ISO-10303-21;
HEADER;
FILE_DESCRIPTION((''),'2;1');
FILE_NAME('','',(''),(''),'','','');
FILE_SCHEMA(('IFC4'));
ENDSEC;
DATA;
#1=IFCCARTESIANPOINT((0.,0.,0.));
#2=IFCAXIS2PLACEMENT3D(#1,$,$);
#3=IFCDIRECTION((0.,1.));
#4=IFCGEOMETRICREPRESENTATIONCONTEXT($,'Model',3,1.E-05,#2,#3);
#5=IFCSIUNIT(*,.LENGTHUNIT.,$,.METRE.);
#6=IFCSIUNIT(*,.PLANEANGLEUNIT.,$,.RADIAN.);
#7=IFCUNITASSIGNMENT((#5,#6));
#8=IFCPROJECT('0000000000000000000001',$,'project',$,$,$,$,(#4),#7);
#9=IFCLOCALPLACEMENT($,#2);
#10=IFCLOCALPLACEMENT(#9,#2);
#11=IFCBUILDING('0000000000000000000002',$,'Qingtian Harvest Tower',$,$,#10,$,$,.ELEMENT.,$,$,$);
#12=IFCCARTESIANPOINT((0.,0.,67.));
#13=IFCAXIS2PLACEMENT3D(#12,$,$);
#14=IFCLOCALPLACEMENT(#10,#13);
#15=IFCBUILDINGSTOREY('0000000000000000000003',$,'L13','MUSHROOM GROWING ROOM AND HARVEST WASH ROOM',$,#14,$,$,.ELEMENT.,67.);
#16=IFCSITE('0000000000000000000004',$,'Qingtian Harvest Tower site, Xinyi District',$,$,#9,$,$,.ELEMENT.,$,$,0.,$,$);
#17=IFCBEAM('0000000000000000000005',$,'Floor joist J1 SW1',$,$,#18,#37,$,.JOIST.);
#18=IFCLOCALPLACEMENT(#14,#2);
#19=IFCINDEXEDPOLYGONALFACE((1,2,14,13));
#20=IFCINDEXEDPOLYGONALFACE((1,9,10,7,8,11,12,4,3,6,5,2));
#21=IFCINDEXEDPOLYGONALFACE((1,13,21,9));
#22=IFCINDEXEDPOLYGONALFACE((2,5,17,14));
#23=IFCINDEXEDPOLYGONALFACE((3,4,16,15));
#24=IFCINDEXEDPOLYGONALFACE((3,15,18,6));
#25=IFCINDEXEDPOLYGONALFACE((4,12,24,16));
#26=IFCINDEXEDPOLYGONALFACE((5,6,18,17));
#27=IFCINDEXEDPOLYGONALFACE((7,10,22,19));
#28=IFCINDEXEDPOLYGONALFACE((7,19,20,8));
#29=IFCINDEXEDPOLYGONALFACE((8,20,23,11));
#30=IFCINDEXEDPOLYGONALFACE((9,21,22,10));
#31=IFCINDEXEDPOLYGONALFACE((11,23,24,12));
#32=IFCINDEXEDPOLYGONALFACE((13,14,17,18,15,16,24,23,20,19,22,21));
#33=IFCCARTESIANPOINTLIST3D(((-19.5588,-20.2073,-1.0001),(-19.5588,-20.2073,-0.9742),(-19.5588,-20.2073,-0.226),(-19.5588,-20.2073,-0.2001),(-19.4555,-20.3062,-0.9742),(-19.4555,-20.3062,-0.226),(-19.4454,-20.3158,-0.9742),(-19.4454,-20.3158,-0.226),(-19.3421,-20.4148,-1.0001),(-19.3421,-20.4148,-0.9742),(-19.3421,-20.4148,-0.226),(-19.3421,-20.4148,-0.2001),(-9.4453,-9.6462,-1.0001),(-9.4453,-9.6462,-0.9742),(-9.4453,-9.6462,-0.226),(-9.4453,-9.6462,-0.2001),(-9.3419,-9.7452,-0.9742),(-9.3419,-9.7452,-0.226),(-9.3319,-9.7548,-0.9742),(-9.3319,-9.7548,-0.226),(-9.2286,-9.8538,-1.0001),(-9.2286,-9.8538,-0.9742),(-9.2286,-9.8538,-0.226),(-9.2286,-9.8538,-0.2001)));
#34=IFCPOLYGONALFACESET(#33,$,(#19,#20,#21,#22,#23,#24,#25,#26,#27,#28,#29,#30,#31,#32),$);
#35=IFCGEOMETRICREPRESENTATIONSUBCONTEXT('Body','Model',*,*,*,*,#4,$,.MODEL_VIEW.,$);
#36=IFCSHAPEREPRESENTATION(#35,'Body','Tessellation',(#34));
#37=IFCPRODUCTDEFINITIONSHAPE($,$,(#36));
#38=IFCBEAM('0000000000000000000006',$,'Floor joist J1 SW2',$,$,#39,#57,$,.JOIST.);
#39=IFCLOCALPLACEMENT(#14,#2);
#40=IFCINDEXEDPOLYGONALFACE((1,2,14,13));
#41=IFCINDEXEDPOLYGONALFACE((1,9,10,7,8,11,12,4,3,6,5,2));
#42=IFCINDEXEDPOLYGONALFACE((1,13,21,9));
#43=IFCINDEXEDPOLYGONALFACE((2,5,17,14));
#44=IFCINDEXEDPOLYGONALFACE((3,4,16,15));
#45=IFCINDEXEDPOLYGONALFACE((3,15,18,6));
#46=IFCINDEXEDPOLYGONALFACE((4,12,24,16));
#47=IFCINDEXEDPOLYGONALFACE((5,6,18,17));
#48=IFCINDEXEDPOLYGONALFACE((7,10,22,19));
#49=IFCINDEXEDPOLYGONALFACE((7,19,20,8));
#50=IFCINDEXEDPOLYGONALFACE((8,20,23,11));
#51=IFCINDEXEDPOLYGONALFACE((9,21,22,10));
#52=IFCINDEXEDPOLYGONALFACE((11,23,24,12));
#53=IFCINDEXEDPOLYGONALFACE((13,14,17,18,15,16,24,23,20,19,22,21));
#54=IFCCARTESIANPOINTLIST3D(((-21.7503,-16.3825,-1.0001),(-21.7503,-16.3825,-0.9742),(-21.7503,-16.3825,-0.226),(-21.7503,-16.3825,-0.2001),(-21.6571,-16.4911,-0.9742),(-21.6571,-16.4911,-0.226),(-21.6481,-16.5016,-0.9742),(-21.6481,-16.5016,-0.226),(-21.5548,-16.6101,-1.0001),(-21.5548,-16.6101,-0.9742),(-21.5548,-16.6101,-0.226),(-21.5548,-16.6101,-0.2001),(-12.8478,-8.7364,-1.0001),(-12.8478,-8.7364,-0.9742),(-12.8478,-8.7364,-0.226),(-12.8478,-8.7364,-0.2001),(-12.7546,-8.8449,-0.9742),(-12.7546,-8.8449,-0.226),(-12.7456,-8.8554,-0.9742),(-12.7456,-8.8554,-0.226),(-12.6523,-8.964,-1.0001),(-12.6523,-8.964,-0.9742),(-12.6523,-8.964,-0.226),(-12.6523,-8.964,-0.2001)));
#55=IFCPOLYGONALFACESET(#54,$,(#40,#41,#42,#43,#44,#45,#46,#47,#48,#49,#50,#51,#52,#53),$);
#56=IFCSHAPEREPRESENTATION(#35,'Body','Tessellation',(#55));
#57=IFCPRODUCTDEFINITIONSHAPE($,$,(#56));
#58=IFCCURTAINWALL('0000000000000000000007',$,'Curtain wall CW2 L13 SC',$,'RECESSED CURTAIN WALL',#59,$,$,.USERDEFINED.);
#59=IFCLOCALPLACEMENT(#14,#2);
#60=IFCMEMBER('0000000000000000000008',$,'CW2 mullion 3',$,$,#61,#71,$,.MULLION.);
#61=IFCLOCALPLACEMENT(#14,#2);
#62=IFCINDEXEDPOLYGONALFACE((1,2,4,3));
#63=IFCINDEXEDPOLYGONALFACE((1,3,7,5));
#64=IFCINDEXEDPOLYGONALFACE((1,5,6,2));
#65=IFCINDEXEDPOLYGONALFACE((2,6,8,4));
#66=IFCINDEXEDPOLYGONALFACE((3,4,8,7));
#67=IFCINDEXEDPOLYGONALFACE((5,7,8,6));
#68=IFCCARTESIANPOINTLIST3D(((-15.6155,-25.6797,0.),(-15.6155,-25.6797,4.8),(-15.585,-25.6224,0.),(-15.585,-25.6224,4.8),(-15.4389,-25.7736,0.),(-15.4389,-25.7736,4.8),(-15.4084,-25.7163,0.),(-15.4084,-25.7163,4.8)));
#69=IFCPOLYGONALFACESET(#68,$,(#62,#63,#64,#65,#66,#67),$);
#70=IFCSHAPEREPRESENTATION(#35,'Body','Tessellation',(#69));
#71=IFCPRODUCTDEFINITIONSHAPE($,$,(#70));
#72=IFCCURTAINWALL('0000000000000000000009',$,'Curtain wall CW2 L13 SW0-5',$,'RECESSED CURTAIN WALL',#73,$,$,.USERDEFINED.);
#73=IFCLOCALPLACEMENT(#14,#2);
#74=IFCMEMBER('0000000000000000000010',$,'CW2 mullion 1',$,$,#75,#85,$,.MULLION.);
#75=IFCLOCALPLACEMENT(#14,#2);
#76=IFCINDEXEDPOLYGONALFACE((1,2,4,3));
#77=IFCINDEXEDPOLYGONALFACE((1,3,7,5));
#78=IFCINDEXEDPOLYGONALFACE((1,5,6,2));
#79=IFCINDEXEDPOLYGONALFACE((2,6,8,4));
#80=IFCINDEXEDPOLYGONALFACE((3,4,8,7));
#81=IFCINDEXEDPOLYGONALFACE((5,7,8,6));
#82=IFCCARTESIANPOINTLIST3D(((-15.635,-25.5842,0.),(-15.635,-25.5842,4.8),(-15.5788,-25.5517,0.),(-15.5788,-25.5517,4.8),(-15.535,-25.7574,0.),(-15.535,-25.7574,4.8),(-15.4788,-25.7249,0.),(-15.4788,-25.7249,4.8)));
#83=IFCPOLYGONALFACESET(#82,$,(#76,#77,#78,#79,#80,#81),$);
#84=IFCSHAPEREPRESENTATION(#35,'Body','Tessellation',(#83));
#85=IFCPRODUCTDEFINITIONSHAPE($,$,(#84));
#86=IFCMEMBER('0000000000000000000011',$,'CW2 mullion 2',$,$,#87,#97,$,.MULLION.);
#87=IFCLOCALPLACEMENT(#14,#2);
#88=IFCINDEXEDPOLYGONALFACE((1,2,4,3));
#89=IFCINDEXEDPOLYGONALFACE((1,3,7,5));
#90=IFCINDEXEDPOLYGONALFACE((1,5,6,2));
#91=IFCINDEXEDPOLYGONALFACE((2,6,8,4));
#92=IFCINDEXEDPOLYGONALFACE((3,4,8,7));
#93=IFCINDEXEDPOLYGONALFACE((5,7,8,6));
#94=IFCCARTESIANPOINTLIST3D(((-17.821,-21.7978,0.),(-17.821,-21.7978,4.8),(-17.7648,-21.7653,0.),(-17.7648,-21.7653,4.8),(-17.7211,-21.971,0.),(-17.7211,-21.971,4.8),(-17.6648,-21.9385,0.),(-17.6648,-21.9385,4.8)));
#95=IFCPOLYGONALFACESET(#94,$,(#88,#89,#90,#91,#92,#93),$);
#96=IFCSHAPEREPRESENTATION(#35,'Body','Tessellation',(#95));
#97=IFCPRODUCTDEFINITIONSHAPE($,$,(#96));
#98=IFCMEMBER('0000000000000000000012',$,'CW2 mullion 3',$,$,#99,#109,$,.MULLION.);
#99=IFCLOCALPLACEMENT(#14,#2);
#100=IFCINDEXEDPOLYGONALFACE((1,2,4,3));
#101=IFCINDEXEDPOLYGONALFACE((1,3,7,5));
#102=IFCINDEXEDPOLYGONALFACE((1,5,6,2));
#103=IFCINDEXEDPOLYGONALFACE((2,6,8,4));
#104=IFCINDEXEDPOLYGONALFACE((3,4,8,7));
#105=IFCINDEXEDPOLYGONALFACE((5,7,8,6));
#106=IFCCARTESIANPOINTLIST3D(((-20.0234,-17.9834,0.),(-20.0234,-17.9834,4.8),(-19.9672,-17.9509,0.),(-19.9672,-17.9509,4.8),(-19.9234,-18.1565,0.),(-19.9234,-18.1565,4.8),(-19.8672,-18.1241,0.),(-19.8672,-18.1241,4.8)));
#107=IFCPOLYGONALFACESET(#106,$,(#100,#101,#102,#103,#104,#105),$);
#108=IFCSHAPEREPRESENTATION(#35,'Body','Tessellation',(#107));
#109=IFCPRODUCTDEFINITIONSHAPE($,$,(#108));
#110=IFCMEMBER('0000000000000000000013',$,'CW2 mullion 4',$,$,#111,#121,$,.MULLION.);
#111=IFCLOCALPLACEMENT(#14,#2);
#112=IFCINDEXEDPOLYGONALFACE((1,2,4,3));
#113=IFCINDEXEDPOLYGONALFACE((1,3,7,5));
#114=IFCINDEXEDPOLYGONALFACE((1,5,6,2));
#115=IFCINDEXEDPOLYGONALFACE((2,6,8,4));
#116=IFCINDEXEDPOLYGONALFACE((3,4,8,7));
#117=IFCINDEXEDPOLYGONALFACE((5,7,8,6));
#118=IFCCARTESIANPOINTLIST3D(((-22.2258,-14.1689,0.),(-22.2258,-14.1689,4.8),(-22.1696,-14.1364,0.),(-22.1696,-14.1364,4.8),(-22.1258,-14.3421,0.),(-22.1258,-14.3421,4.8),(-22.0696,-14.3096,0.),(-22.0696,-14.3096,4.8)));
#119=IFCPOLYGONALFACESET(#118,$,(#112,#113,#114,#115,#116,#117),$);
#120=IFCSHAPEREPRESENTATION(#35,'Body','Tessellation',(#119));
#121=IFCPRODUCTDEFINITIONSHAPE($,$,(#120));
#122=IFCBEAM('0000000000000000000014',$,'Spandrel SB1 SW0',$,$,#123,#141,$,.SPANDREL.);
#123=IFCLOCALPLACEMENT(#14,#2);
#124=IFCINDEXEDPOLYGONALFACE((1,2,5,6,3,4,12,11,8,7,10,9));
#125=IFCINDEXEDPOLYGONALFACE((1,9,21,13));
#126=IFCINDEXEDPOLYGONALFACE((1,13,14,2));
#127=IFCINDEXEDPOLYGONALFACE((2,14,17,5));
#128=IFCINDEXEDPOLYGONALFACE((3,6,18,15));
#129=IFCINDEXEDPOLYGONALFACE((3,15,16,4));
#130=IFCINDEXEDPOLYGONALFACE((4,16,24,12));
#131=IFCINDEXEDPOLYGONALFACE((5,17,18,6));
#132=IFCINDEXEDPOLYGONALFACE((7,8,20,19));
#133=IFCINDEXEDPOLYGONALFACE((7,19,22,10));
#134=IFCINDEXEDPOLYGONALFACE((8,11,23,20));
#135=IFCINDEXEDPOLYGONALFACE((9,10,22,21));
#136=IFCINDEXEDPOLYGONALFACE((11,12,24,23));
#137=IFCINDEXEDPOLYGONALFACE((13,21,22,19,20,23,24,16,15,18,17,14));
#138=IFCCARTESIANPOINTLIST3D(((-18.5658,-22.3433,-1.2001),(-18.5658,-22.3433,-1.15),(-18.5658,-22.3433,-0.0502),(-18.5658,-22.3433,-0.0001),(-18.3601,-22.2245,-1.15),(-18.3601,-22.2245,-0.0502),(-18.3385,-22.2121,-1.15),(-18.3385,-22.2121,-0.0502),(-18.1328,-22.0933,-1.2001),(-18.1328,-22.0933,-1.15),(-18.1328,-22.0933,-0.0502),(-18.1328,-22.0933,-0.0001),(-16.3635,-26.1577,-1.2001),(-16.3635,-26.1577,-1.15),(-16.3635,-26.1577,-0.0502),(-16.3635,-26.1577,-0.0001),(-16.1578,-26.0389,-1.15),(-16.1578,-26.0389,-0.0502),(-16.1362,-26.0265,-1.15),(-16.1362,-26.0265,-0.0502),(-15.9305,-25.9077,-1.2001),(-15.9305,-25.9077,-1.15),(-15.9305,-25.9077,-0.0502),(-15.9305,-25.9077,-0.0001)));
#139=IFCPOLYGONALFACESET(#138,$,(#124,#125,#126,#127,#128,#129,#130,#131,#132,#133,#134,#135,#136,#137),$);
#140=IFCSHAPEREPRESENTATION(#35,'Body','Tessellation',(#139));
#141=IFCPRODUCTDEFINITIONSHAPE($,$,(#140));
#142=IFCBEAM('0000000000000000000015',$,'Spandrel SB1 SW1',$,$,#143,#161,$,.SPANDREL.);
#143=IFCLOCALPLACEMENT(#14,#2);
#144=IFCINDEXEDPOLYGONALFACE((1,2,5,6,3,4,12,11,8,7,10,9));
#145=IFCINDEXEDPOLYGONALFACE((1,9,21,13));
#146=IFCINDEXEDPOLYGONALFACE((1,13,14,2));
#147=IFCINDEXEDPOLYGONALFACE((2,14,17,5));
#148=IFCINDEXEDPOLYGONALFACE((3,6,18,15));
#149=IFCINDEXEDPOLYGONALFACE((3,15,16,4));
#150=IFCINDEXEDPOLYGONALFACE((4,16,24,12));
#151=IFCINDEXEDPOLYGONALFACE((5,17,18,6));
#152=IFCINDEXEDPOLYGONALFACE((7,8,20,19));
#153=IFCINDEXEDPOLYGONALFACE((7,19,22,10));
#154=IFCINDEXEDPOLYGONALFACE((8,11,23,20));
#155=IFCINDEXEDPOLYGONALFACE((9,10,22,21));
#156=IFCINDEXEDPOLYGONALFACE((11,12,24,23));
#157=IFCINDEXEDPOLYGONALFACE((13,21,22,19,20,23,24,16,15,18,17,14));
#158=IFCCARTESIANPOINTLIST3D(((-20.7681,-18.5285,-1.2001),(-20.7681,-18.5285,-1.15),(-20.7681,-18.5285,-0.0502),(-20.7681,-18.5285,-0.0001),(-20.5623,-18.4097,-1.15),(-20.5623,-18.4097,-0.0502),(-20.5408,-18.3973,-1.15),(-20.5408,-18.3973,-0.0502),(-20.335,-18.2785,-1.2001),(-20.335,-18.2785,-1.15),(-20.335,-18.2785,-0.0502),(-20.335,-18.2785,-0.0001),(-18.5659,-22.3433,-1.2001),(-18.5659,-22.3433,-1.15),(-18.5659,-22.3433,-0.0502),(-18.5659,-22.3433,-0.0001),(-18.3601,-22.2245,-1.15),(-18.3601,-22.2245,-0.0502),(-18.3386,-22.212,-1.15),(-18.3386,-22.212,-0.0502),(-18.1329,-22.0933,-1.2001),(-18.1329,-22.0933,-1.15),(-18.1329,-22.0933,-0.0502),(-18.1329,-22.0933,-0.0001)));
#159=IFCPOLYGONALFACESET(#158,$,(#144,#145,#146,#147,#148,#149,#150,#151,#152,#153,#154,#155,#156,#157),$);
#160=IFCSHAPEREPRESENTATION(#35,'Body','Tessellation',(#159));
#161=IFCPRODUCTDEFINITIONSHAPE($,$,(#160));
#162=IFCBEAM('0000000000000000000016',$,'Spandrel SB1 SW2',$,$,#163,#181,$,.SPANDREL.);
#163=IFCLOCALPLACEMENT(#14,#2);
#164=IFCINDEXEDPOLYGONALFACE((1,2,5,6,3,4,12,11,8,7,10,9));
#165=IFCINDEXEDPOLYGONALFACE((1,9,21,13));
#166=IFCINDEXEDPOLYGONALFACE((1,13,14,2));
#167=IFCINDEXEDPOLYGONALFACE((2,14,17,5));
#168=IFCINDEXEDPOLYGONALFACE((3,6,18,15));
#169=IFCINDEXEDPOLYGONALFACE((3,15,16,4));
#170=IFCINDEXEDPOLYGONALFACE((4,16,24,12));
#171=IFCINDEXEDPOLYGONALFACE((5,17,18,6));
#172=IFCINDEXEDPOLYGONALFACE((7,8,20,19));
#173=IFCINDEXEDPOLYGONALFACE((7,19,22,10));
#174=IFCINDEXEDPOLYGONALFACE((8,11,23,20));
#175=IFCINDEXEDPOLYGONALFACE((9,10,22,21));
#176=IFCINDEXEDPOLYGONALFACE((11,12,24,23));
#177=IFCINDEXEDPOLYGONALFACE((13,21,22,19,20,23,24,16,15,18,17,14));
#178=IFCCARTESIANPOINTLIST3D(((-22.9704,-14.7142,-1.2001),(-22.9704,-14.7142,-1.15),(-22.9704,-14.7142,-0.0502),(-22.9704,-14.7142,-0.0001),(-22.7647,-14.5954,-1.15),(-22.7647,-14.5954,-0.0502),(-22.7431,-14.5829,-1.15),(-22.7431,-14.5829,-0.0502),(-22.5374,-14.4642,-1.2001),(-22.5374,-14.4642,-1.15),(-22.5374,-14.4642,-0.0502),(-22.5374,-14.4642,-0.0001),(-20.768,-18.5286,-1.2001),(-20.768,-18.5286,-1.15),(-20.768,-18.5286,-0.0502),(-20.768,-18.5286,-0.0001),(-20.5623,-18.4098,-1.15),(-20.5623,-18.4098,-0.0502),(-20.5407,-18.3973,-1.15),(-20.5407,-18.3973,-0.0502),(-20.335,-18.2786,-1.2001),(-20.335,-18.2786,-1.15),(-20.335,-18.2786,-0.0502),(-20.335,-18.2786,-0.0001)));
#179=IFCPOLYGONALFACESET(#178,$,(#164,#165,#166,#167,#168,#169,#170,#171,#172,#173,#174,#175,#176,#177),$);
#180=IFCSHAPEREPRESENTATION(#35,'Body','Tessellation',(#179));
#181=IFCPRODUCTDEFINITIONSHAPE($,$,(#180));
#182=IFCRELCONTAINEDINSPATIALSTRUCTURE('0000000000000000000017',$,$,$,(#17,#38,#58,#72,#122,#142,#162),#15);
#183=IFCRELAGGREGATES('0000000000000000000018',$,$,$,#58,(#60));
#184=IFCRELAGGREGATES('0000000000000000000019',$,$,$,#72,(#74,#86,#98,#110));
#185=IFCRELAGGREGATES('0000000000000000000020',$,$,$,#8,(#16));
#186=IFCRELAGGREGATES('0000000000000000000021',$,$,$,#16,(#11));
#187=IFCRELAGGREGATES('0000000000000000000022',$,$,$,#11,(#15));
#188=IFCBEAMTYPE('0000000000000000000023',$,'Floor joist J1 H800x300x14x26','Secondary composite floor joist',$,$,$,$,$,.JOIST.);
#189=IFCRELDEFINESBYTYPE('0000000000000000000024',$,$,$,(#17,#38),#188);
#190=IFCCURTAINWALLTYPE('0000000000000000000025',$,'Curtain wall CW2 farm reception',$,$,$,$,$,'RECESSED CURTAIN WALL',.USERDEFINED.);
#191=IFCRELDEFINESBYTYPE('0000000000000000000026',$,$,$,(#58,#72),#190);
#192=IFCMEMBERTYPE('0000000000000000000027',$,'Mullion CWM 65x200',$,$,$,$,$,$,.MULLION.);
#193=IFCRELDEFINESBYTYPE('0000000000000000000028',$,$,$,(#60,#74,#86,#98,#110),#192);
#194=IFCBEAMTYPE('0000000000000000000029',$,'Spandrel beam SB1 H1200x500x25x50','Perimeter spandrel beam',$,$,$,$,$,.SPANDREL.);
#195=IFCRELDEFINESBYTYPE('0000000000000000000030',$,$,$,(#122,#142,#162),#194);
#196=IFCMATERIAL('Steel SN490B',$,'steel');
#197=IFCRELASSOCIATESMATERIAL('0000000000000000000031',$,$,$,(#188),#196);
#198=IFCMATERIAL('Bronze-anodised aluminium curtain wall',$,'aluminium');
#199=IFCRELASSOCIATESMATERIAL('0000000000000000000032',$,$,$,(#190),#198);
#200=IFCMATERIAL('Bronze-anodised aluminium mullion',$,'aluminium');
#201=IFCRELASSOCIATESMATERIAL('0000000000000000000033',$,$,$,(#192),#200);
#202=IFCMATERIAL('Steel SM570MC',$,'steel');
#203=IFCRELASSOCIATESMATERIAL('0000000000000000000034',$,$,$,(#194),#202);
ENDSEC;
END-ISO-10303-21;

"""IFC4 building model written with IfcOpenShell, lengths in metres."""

from ifc_helpers import new_model, si_unit, direction, frame, origin, origin_2d, place, context, subcontext, project, spatial, rectangle, i_section, extrude, material, material_profile, profile_set, type_object, element, aggregate, save


model = new_model("IFC4")

# Units and contexts
model_context = context("Model", 3, precision=1e-05, world=origin(), true_north=direction((0.0, 1.0)))
body_context = subcontext(model_context, "Body", "Model", "MODEL_VIEW")
ifc_project = project(units=[si_unit("LENGTHUNIT", "METRE"), si_unit("PLANEANGLEUNIT", "RADIAN")], contexts=[model_context])

# Site, building, storey
site_placement = place(None, origin())
site = spatial("IfcSite", under=ifc_project, at=site_placement, Name="Qingtian Harvest Tower site, Xinyi District", CompositionType="ELEMENT", RefElevation=0.0)
building_placement = place(site_placement, origin())
building = spatial("IfcBuilding", under=site, at=building_placement, Name="Qingtian Harvest Tower", CompositionType="ELEMENT")
storey_placement = place(building_placement, frame((0.0, 0.0, 67.0)))
storey = spatial("IfcBuildingStorey", under=building, at=storey_placement, Name="L13", Description="MUSHROOM GROWING ROOM AND HARVEST WASH ROOM", CompositionType="ELEMENT", Elevation=67.0)

# Beams
ifc_material_1 = material(Name="Steel SN490B", Category="steel")
ifc_material_profile_1 = material_profile(ifc_material_1, i_section(OverallWidth=0.3, OverallDepth=0.8, WebThickness=0.0139, FlangeThickness=0.0259, at=origin_2d()), Name="H800x300x14x26")
ifc_profile_set_1 = profile_set([ifc_material_profile_1], Name="Steel SN490B")
beam_type_1 = type_object("IfcBeamType", Name="Floor joist J1 H800x300x14x26", Description="Secondary composite floor joist", PredefinedType="JOIST", material=ifc_profile_set_1)
beam_1_placement = place(storey_placement, frame((-19.4504, -20.311, -0.6001), z_axis=(0.691639, 0.722243, 0.0), x_axis=(-0.722243, 0.691639, 0.0)))
element("IfcBeam", 1, at=beam_1_placement, inside=storey, type_object=beam_type_1, Name="Floor joist J1 SW1", PredefinedType="JOIST", context=body_context, shape_type="SweptSolid", body=[
    extrude(i_section(OverallWidth=0.3, OverallDepth=0.8, WebThickness=0.0139, FlangeThickness=0.0259, at=origin_2d()), origin(), (0.0, 0.0, 1.0), 14.6226),
])
beam_2_placement = place(storey_placement, frame((-21.6526, -16.4963, -0.6001), z_axis=(0.758606, 0.65155, 0.0), x_axis=(-0.65155, 0.758606, 0.0)))
element("IfcBeam", 2, at=beam_2_placement, inside=storey, type_object=beam_type_1, Name="Floor joist J1 SW2", PredefinedType="JOIST", context=body_context, shape_type="SweptSolid", body=[
    extrude(i_section(OverallWidth=0.3, OverallDepth=0.8, WebThickness=0.0139, FlangeThickness=0.0259, at=origin_2d()), origin(), (0.0, 0.0, 1.0), 11.7354),
])

# Curtain wall, member
ifc_material_2 = material(Name="Bronze-anodised aluminium curtain wall", Category="aluminium")
curtain_wall_type = type_object("IfcCurtainWallType", Name="Curtain wall CW2 farm reception", ElementType="RECESSED CURTAIN WALL", PredefinedType="USERDEFINED", material=ifc_material_2)
curtain_wall_1_placement = place(storey_placement, origin())
curtain_wall_1 = element("IfcCurtainWall", 3, at=curtain_wall_1_placement, inside=storey, type_object=curtain_wall_type, Name="Curtain wall CW2 L13 SC", ObjectType="RECESSED CURTAIN WALL", PredefinedType="USERDEFINED")
ifc_material_3 = material(Name="Bronze-anodised aluminium mullion", Category="aluminium")
ifc_material_profile_2 = material_profile(ifc_material_3, rectangle(XDim=0.0649, YDim=0.2, at=origin_2d()), Name="AL 65x200")
ifc_profile_set_2 = profile_set([ifc_material_profile_2], Name="Bronze-anodised aluminium mullion")
member_type_1 = type_object("IfcMemberType", Name="Mullion CWM 65x200", PredefinedType="MULLION", material=ifc_profile_set_2)
member_1_placement = place(storey_placement, frame((-15.512, -25.698, 0.0), z_axis=(0.0, 0.0, 1.0), x_axis=(-0.469472, -0.882948, 0.0)))
member_1 = element("IfcMember", 4, at=member_1_placement, type_object=member_type_1, Name="CW2 mullion 3", PredefinedType="MULLION", context=body_context, shape_type="SweptSolid", body=[
    extrude(rectangle(XDim=0.0649, YDim=0.2, at=origin_2d()), origin(), (0.0, 0.0, 1.0), 4.8),
])

# Curtain wall, members
curtain_wall_2_placement = place(storey_placement, origin())
curtain_wall_2 = element("IfcCurtainWall", 5, at=curtain_wall_2_placement, inside=storey, type_object=curtain_wall_type, Name="Curtain wall CW2 L13 SW0-5", ObjectType="RECESSED CURTAIN WALL", PredefinedType="USERDEFINED")
member_2_placement = place(storey_placement, frame((-15.5569, -25.6545, 0.0), z_axis=(0.0, 0.0, 1.0), x_axis=(-0.866025, -0.5, 0.0)))
member_2 = element("IfcMember", 6, at=member_2_placement, type_object=member_type_1, Name="CW2 mullion 1", PredefinedType="MULLION", context=body_context, shape_type="SweptSolid", body=[
    extrude(rectangle(XDim=0.0649, YDim=0.2, at=origin_2d()), origin(), (0.0, 0.0, 1.0), 4.8),
])
member_3_placement = place(storey_placement, frame((-17.7429, -21.8682, 0.0), z_axis=(0.0, 0.0, 1.0), x_axis=(-0.866025, -0.5, 0.0)))
member_3 = element("IfcMember", 7, at=member_3_placement, type_object=member_type_1, Name="CW2 mullion 2", PredefinedType="MULLION", context=body_context, shape_type="SweptSolid", body=[
    extrude(rectangle(XDim=0.0649, YDim=0.2, at=origin_2d()), origin(), (0.0, 0.0, 1.0), 4.8),
])
member_4_placement = place(storey_placement, frame((-19.9453, -18.0537, 0.0), z_axis=(0.0, 0.0, 1.0), x_axis=(-0.866025, -0.5, 0.0)))
member_4 = element("IfcMember", 8, at=member_4_placement, type_object=member_type_1, Name="CW2 mullion 3", PredefinedType="MULLION", context=body_context, shape_type="SweptSolid", body=[
    extrude(rectangle(XDim=0.0649, YDim=0.2, at=origin_2d()), origin(), (0.0, 0.0, 1.0), 4.8),
])
member_5_placement = place(storey_placement, frame((-22.1477, -14.2393, 0.0), z_axis=(0.0, 0.0, 1.0), x_axis=(-0.866025, -0.5, 0.0)))
member_5 = element("IfcMember", 9, at=member_5_placement, type_object=member_type_1, Name="CW2 mullion 4", PredefinedType="MULLION", context=body_context, shape_type="SweptSolid", body=[
    extrude(rectangle(XDim=0.0649, YDim=0.2, at=origin_2d()), origin(), (0.0, 0.0, 1.0), 4.8),
])

# Beams
ifc_material_4 = material(Name="Steel SM570MC", Category="steel")
ifc_material_profile_3 = material_profile(ifc_material_4, i_section(OverallWidth=0.5, OverallDepth=1.2, WebThickness=0.0249, FlangeThickness=0.05, at=origin_2d()), Name="H1200x500x25x50")
ifc_profile_set_3 = profile_set([ifc_material_profile_3], Name="Steel SM570MC")
beam_type_2 = type_object("IfcBeamType", Name="Spandrel beam SB1 H1200x500x25x50", Description="Perimeter spandrel beam", PredefinedType="SPANDREL", material=ifc_profile_set_3)
beam_3_placement = place(storey_placement, frame((-16.147, -26.0327, -0.6001), z_axis=(-0.50002, 0.866014, 0.0), x_axis=(-0.866014, -0.50002, 0.0)))
element("IfcBeam", 10, at=beam_3_placement, inside=storey, type_object=beam_type_2, Name="Spandrel SB1 SW0", PredefinedType="SPANDREL", context=body_context, shape_type="SweptSolid", body=[
    extrude(i_section(OverallWidth=0.5, OverallDepth=1.2, WebThickness=0.0249, FlangeThickness=0.05, at=origin_2d()), origin(), (0.0, 0.0, 1.0), 4.4045),
])
beam_4_placement = place(storey_placement, frame((-18.3494, -22.2183, -0.6001), z_axis=(-0.499954, 0.866052, 0.0), x_axis=(-0.866052, -0.499954, 0.0)))
element("IfcBeam", 11, at=beam_4_placement, inside=storey, type_object=beam_type_2, Name="Spandrel SB1 SW1", PredefinedType="SPANDREL", context=body_context, shape_type="SweptSolid", body=[
    extrude(i_section(OverallWidth=0.5, OverallDepth=1.2, WebThickness=0.0249, FlangeThickness=0.05, at=origin_2d()), origin(), (0.0, 0.0, 1.0), 4.4048),
])
for number, where, z_axis, x_axis, name in (
    (12, (-20.5515, -18.4036, -0.6001), (-0.50002, 0.866014, 0.0), (-0.866014, -0.50002, 0.0), "Spandrel SB1 SW2"),
):
    element("IfcBeam", number, at=place(storey_placement, frame(where, z_axis=z_axis, x_axis=x_axis)), inside=storey, type_object=beam_type_2, Name=name, PredefinedType="SPANDREL", context=body_context, shape_type="SweptSolid", body=[
        extrude(i_section(OverallWidth=0.5, OverallDepth=1.2, WebThickness=0.0249, FlangeThickness=0.05, at=origin_2d()), origin(), (0.0, 0.0, 1.0), 4.4045),
    ])

aggregate(curtain_wall_1, [member_1])
aggregate(curtain_wall_2, [member_2, member_3, member_4, member_5])

save(model, "model.ifc")
